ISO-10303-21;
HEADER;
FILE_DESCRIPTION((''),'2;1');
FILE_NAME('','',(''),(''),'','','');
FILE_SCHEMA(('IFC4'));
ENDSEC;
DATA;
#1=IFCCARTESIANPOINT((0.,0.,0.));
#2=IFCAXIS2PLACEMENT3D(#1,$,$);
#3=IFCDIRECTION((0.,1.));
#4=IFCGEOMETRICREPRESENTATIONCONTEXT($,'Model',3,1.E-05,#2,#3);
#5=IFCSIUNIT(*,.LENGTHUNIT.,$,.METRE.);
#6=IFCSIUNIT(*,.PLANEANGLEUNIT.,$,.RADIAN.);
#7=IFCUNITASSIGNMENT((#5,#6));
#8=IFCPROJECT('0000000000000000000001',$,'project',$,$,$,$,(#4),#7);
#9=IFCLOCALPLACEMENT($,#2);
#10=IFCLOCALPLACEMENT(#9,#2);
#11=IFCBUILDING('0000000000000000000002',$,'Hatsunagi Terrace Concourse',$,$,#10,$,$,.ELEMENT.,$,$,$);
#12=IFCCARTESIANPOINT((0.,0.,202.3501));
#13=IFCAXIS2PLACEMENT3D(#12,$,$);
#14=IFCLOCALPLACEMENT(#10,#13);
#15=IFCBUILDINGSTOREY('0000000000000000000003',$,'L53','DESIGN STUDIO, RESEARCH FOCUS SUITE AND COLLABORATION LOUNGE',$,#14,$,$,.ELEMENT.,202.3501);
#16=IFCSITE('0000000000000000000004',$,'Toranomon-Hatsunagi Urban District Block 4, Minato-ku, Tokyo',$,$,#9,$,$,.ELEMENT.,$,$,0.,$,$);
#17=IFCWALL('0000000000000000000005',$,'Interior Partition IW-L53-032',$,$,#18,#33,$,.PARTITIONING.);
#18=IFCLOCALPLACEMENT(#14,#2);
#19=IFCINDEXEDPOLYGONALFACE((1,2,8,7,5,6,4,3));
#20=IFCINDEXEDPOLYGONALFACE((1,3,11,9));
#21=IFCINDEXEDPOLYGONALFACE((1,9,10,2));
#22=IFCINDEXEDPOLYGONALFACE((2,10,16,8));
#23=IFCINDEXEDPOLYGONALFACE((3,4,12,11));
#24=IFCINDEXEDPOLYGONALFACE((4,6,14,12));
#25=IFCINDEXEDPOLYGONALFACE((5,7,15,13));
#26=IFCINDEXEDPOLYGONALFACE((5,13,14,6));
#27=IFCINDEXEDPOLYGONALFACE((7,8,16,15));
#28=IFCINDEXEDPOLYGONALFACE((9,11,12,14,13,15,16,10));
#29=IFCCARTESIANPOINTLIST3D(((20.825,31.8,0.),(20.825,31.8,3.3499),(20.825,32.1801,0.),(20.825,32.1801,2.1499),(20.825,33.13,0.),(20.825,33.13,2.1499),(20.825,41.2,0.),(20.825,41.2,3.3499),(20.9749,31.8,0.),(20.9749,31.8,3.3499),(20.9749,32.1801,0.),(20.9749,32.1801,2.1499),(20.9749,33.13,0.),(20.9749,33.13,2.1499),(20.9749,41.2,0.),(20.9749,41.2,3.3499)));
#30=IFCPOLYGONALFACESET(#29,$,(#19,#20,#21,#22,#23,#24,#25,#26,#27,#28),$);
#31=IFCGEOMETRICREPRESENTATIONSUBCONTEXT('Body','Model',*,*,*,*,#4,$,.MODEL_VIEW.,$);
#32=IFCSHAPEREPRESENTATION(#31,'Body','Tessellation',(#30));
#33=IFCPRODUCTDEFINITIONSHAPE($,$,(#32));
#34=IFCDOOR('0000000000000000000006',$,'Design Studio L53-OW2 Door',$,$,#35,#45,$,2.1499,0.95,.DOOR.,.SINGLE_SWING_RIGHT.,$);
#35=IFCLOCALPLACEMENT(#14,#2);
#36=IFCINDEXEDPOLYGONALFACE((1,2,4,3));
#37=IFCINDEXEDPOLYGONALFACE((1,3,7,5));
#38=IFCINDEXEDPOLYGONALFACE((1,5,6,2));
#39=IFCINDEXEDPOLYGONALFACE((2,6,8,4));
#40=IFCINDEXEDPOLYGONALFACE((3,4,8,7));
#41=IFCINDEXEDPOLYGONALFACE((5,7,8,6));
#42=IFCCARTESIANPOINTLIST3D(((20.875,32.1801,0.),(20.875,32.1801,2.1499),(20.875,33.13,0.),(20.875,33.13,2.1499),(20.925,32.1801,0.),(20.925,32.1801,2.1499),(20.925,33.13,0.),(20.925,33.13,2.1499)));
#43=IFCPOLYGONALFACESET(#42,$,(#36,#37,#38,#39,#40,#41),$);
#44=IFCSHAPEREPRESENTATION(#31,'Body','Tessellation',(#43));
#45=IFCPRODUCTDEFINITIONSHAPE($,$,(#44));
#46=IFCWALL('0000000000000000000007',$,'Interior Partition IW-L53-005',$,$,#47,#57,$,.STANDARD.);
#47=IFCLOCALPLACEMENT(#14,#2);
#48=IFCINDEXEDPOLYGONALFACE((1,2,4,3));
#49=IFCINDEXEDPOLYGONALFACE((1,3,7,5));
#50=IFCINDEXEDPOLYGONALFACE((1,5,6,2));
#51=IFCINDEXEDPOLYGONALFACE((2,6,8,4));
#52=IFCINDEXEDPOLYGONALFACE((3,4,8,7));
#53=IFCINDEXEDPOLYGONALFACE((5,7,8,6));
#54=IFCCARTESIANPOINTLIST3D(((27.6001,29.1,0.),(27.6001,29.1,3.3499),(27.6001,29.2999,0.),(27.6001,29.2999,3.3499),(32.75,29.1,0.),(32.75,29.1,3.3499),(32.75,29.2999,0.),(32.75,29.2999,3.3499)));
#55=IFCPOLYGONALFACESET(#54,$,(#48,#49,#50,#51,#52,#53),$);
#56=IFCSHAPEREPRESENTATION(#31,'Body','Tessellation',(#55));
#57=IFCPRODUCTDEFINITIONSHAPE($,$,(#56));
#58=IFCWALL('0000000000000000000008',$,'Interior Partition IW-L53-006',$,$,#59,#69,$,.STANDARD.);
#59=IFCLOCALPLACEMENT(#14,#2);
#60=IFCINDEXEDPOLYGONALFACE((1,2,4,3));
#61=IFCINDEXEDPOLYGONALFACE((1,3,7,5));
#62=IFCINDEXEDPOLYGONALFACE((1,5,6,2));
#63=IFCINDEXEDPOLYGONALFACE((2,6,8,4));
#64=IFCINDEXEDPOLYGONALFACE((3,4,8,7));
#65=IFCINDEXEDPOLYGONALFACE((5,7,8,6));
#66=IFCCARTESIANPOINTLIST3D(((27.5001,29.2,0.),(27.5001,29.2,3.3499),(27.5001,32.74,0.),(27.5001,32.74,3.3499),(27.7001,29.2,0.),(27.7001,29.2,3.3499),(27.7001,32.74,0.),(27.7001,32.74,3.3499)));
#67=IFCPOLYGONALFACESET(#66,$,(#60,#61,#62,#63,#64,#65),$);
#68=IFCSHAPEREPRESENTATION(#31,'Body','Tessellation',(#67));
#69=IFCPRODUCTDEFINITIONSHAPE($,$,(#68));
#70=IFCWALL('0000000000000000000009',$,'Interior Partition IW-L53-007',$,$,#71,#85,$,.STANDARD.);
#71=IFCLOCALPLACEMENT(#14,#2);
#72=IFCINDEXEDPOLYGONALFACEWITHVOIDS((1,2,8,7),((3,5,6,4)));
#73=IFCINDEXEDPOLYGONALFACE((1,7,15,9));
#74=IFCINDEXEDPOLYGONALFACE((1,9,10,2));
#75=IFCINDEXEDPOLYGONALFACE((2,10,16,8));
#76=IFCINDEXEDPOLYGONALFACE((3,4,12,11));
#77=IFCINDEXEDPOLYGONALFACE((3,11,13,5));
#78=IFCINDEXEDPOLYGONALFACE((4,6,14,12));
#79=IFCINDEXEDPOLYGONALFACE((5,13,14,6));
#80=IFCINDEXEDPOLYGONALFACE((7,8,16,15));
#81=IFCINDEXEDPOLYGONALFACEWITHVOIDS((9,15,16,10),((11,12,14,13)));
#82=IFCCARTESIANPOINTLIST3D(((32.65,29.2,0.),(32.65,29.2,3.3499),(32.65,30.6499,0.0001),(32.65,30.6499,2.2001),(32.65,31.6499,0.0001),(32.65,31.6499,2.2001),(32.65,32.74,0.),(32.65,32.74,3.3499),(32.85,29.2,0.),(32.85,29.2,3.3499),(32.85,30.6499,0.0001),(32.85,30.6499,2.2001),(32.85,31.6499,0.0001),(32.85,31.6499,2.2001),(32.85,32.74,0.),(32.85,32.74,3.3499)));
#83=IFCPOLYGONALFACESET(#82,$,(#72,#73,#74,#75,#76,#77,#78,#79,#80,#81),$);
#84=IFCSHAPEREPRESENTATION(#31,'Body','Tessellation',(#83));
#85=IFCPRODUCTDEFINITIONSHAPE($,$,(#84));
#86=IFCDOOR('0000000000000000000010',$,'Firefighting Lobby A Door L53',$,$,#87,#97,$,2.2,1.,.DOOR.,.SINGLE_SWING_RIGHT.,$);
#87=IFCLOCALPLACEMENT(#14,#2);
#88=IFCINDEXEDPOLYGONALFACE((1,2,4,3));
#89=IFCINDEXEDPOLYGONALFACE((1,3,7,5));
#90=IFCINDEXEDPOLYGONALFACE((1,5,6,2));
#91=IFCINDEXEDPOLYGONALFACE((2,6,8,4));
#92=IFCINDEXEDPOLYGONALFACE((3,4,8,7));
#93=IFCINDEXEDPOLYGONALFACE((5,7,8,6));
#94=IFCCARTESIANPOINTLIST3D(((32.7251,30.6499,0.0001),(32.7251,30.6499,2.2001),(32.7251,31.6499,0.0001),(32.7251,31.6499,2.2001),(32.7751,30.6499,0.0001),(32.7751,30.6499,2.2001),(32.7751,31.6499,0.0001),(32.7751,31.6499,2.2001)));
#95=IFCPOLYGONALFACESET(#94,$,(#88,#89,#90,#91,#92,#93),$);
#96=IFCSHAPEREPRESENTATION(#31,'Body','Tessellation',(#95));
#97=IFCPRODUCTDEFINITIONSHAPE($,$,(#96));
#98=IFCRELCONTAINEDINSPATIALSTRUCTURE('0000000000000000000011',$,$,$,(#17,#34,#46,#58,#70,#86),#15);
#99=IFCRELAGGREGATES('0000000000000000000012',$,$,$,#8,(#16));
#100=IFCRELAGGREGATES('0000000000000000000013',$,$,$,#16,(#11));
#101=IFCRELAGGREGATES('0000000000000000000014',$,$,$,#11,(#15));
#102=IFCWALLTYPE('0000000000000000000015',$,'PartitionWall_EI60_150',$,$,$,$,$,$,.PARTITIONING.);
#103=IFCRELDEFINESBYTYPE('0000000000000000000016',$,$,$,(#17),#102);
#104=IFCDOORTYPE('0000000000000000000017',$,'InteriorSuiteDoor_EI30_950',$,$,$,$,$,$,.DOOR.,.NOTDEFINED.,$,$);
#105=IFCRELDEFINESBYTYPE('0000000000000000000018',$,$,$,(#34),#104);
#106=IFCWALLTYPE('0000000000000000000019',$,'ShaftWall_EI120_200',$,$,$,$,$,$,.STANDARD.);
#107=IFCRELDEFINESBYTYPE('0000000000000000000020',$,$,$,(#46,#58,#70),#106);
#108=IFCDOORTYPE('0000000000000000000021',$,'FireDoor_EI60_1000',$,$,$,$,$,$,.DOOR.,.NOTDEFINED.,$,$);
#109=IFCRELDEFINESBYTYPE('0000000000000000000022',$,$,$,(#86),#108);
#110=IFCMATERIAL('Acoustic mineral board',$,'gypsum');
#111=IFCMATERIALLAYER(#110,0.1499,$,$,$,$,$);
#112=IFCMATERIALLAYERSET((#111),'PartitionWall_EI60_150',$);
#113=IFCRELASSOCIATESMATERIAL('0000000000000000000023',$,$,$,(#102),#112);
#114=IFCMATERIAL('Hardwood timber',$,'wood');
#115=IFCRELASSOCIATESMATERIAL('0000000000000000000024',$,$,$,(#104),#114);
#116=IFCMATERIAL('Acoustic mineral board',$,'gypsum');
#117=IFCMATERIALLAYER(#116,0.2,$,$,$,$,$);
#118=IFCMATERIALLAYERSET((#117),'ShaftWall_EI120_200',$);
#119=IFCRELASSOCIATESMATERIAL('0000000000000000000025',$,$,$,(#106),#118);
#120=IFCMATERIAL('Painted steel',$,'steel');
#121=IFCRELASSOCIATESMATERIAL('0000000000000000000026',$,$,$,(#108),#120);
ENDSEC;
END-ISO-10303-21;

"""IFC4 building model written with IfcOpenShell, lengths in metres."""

from ifc_helpers import new_model, si_unit, direction, frame, frame_2d, origin, place, context, subcontext, project, spatial, rectangle, extrude, material, layer, layer_set, type_object, element, fill, save


model = new_model("IFC4")

# Units and contexts
model_context = context("Model", 3, precision=1e-05, world=origin(), true_north=direction((0.0, 1.0)))
body_context = subcontext(model_context, "Body", "Model", "MODEL_VIEW")
ifc_project = project(units=[si_unit("LENGTHUNIT", "METRE"), si_unit("PLANEANGLEUNIT", "RADIAN")], contexts=[model_context])

# Site, building, storey
site_placement = place(None, origin())
site = spatial("IfcSite", under=ifc_project, at=site_placement, Name="Toranomon-Hatsunagi Urban District Block 4, Minato-ku, Tokyo", CompositionType="ELEMENT", RefElevation=0.0)
building_placement = place(site_placement, origin())
building = spatial("IfcBuilding", under=site, at=building_placement, Name="Hatsunagi Terrace Concourse", CompositionType="ELEMENT")
storey_placement = place(building_placement, frame((0.0, 0.0, 202.3501)))
storey = spatial("IfcBuildingStorey", under=building, at=storey_placement, Name="L53", Description="DESIGN STUDIO, RESEARCH FOCUS SUITE AND COLLABORATION LOUNGE", CompositionType="ELEMENT", Elevation=202.3501)

# Shared definitions
ifc_material_1 = material(Name="Acoustic mineral board", Category="gypsum")
ifc_layer_1 = layer(ifc_material_1, 0.1499)
ifc_layer_set_1 = layer_set([ifc_layer_1], Name="PartitionWall_EI60_150")
wall_type_1 = type_object("IfcWallType", Name="PartitionWall_EI60_150", PredefinedType="PARTITIONING", material=ifc_layer_set_1)

# Wall, opening, door
wall_1_placement = place(storey_placement, frame((20.8999, 31.8, 0.0), z_axis=(0.0, 0.0, 1.0), x_axis=(0.0, 1.0, 0.0)))
wall_1 = element("IfcWall", 1, at=wall_1_placement, inside=storey, type_object=wall_type_1, Name="Interior Partition IW-L53-032", PredefinedType="PARTITIONING", context=body_context, shape_type="SweptSolid", body=[
    extrude(rectangle(XDim=9.3999, YDim=0.1499, at=frame_2d((4.7, 0.0))), origin(), (0.0, 0.0, 1.0), 3.3499),
])
opening_1_placement = place(wall_1_placement, frame((0.3799, 0.0, 0.0)))
opening_1 = element("IfcOpeningElement", 2, at=opening_1_placement, cuts=wall_1, PredefinedType="OPENING", context=body_context, shape_type="SweptSolid", body=[
    extrude(rectangle(XDim=0.95, YDim=2.1499, at=frame_2d((0.4751, 1.075))), frame((0.0, 0.085, 0.0), z_axis=(0.0, -1.0, 0.0), x_axis=(1.0, 0.0, 0.0)), (0.0, 0.0, 1.0), 0.1699),
])
ifc_material_2 = material(Name="Hardwood timber", Category="wood")
door_type_1 = type_object("IfcDoorType", Name="InteriorSuiteDoor_EI30_950", OperationType="NOTDEFINED", PredefinedType="DOOR", material=ifc_material_2)
door_1_placement = place(opening_1_placement, origin())
door_1 = element("IfcDoor", 3, at=door_1_placement, inside=storey, type_object=door_type_1, Name="Design Studio L53-OW2 Door", OperationType="SINGLE_SWING_RIGHT", OverallHeight=2.1499, OverallWidth=0.95, PredefinedType="DOOR", context=body_context, shape_type="SweptSolid", body=[
    extrude(rectangle(XDim=0.95, YDim=2.1499, at=frame_2d((0.4751, 1.075))), frame((0.0, 0.0249, 0.0), z_axis=(0.0, -1.0, 0.0), x_axis=(1.0, 0.0, 0.0)), (0.0, 0.0, 1.0), 0.05),
])
fill(opening_1, door_1)

# Walls
ifc_material_3 = material(Name="Acoustic mineral board", Category="gypsum")
ifc_layer_2 = layer(ifc_material_3, 0.2)
ifc_layer_set_2 = layer_set([ifc_layer_2], Name="ShaftWall_EI120_200")
wall_type_2 = type_object("IfcWallType", Name="ShaftWall_EI120_200", PredefinedType="STANDARD", material=ifc_layer_set_2)
wall_2_placement = place(storey_placement, frame((27.6001, 29.2, 0.0), z_axis=(0.0, 0.0, 1.0), x_axis=(1.0, 0.0, 0.0)))
element("IfcWall", 4, at=wall_2_placement, inside=storey, type_object=wall_type_2, Name="Interior Partition IW-L53-005", PredefinedType="STANDARD", context=body_context, shape_type="SweptSolid", body=[
    extrude(rectangle(XDim=5.1499, YDim=0.2, at=frame_2d((2.575, 0.0))), origin(), (0.0, 0.0, 1.0), 3.3499),
])
wall_3_placement = place(storey_placement, frame((27.6001, 29.2, 0.0), z_axis=(0.0, 0.0, 1.0), x_axis=(0.0, 1.0, 0.0)))
element("IfcWall", 5, at=wall_3_placement, inside=storey, type_object=wall_type_2, Name="Interior Partition IW-L53-006", PredefinedType="STANDARD", context=body_context, shape_type="SweptSolid", body=[
    extrude(rectangle(XDim=3.54, YDim=0.2, at=frame_2d((1.77, 0.0))), origin(), (0.0, 0.0, 1.0), 3.3499),
])

# Wall, opening, door
wall_4_placement = place(storey_placement, frame((32.75, 29.2, 0.0), z_axis=(0.0, 0.0, 1.0), x_axis=(0.0, 1.0, 0.0)))
wall_4 = element("IfcWall", 6, at=wall_4_placement, inside=storey, type_object=wall_type_2, Name="Interior Partition IW-L53-007", PredefinedType="STANDARD", context=body_context, shape_type="SweptSolid", body=[
    extrude(rectangle(XDim=3.54, YDim=0.2, at=frame_2d((1.77, 0.0))), origin(), (0.0, 0.0, 1.0), 3.3499),
])
opening_2_placement = place(wall_4_placement, frame((1.45, 0.0, 0.0)))
opening_2 = element("IfcOpeningElement", 7, at=opening_2_placement, cuts=wall_4, PredefinedType="OPENING", context=body_context, shape_type="SweptSolid", body=[
    extrude(rectangle(XDim=1.0, YDim=2.2, at=frame_2d((0.5, 1.1001))), frame((0.0, 0.1099, 0.0), z_axis=(0.0, -1.0, 0.0), x_axis=(1.0, 0.0, 0.0)), (0.0, 0.0, 1.0), 0.22),
])
ifc_material_4 = material(Name="Painted steel", Category="steel")
door_type_2 = type_object("IfcDoorType", Name="FireDoor_EI60_1000", OperationType="NOTDEFINED", PredefinedType="DOOR", material=ifc_material_4)
door_2_placement = place(opening_2_placement, origin())
door_2 = element("IfcDoor", 8, at=door_2_placement, inside=storey, type_object=door_type_2, Name="Firefighting Lobby A Door L53", OperationType="SINGLE_SWING_RIGHT", OverallHeight=2.2, OverallWidth=1.0, PredefinedType="DOOR", context=body_context, shape_type="SweptSolid", body=[
    extrude(rectangle(XDim=1.0, YDim=2.2, at=frame_2d((0.5, 1.1001))), frame((0.0, 0.0249, 0.0), z_axis=(0.0, -1.0, 0.0), x_axis=(1.0, 0.0, 0.0)), (0.0, 0.0, 1.0), 0.05),
])
fill(opening_2, door_2)

save(model, "model.ifc")
